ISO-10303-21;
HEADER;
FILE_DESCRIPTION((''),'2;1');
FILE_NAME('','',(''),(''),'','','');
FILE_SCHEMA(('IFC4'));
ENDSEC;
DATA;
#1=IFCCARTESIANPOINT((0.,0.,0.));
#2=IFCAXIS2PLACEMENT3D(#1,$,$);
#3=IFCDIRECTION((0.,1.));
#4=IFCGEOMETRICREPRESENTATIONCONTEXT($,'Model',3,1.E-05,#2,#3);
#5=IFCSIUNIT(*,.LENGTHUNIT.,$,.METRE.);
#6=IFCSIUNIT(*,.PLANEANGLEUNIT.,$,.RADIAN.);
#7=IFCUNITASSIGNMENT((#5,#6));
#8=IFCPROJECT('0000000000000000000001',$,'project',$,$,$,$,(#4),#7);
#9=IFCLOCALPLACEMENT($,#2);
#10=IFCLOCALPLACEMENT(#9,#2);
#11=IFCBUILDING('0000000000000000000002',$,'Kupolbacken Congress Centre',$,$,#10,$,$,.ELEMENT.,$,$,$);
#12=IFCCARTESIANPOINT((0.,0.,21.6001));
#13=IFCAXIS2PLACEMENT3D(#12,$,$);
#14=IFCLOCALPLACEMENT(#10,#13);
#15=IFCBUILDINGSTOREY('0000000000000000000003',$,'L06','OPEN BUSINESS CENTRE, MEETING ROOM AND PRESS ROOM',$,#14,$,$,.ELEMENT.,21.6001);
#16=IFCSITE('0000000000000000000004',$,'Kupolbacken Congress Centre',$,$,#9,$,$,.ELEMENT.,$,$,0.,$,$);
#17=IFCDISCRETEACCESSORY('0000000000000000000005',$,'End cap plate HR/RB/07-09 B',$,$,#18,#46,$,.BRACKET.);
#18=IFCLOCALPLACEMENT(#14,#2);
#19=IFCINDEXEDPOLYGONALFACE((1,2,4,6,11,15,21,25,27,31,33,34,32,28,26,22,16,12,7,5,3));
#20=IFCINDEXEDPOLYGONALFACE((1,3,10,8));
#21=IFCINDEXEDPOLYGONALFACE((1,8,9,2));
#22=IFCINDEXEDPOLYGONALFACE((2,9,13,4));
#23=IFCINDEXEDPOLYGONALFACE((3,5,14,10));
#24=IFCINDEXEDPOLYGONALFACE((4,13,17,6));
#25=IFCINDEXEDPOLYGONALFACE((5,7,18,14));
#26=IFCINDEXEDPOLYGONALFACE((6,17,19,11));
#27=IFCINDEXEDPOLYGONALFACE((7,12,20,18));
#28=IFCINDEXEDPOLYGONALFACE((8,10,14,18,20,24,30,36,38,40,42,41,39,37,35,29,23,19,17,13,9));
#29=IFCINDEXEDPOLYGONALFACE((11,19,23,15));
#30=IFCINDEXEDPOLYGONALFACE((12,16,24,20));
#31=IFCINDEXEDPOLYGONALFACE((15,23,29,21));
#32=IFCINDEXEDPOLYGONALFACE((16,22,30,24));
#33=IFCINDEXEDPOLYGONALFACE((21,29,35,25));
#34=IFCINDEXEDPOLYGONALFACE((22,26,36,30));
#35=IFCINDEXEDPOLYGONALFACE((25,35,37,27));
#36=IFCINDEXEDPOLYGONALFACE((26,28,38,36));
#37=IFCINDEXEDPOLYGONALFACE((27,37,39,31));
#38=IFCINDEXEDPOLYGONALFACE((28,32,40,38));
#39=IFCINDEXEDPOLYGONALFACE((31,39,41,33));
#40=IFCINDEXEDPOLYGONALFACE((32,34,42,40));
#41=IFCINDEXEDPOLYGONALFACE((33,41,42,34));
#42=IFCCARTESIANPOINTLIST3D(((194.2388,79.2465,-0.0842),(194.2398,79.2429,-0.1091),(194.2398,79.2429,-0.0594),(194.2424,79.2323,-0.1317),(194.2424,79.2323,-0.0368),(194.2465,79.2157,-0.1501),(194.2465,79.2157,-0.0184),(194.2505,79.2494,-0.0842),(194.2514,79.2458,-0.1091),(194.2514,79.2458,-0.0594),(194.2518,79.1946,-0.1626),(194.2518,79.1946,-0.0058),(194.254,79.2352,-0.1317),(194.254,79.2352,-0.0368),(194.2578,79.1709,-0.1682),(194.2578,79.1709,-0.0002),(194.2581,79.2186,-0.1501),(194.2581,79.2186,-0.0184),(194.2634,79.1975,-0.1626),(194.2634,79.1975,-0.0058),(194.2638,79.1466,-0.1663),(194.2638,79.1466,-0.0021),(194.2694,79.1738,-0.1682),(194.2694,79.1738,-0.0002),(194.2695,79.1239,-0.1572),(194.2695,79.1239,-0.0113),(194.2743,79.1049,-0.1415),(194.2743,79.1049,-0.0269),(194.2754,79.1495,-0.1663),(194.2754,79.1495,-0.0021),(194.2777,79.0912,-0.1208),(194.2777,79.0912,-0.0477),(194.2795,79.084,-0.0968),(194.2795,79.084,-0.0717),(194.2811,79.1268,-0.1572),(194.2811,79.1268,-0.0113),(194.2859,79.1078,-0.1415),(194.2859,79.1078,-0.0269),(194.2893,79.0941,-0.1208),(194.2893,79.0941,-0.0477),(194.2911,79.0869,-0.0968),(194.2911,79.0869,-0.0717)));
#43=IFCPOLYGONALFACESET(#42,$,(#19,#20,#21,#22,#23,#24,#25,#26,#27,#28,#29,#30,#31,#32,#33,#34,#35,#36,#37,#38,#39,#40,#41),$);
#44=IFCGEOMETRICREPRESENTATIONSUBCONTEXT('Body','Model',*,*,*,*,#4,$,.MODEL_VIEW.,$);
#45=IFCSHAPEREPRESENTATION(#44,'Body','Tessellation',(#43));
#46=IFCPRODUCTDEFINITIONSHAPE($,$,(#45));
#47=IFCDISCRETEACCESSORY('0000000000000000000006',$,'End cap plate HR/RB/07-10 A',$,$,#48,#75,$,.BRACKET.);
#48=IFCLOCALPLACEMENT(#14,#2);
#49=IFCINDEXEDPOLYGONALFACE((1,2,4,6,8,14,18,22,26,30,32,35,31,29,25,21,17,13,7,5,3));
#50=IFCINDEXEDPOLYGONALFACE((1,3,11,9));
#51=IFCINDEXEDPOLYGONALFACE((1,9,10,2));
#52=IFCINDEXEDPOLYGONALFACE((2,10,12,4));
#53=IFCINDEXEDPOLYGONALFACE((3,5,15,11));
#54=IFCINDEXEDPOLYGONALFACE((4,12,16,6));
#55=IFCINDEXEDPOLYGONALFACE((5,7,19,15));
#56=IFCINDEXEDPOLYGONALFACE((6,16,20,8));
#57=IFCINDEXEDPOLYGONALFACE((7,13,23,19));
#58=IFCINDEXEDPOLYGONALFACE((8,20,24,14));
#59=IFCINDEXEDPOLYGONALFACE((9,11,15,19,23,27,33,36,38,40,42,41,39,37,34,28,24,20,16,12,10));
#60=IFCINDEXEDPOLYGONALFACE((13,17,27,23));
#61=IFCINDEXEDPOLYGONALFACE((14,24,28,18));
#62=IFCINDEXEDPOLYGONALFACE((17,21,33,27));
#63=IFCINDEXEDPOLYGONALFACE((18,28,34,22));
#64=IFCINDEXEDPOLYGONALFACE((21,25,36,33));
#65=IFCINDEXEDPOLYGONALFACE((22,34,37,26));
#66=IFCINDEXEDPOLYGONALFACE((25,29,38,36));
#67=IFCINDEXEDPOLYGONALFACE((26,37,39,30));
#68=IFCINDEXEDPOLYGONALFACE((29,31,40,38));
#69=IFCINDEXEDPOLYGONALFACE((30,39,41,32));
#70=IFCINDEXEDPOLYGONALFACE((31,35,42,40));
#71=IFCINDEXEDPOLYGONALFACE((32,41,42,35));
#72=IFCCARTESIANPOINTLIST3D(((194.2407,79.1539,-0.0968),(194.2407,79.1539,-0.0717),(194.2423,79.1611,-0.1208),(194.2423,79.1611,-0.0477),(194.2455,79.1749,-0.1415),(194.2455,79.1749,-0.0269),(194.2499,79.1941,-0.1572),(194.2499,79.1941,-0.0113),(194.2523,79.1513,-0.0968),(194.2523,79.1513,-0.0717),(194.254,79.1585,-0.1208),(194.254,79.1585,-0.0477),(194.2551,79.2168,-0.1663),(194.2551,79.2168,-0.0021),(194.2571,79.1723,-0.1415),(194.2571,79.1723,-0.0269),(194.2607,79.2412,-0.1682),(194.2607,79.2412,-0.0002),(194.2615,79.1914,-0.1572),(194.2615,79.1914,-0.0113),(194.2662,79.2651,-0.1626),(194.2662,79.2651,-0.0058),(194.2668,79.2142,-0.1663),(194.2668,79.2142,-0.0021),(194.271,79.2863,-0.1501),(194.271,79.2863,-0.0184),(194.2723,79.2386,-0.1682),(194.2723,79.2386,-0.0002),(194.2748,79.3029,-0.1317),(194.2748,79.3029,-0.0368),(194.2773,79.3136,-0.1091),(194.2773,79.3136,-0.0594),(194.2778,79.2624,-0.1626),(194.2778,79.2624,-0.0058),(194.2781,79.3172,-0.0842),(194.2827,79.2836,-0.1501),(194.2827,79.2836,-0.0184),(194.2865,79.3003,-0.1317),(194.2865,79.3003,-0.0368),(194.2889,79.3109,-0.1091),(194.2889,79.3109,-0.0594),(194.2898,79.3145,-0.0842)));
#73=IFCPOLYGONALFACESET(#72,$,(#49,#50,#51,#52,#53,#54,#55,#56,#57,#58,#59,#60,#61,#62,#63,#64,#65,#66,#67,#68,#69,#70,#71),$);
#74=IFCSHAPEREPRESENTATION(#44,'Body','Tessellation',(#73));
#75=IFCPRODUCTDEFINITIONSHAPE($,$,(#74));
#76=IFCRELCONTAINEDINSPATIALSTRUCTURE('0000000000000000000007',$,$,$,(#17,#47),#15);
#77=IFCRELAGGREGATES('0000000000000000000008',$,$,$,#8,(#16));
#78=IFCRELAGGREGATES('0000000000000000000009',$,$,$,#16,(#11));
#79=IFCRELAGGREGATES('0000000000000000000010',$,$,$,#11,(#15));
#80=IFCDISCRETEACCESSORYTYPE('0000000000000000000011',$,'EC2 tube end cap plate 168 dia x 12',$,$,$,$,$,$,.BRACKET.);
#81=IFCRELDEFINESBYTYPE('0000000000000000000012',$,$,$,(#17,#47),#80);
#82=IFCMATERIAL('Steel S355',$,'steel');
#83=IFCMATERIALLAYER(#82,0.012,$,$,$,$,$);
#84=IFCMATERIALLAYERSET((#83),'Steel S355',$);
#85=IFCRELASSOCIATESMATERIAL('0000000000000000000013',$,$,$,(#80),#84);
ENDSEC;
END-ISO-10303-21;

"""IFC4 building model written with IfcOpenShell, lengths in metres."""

from ifc_helpers import new_model, si_unit, direction, frame, origin, origin_2d, place, context, subcontext, project, spatial, circle, extrude, material, layer, layer_set, type_object, element, save


model = new_model("IFC4")

# Units and contexts
model_context = context("Model", 3, precision=1e-05, world=origin(), true_north=direction((0.0, 1.0)))
body_context = subcontext(model_context, "Body", "Model", "MODEL_VIEW")
ifc_project = project(units=[si_unit("LENGTHUNIT", "METRE"), si_unit("PLANEANGLEUNIT", "RADIAN")], contexts=[model_context])

# Site, building, storey
site_placement = place(None, origin())
site = spatial("IfcSite", under=ifc_project, at=site_placement, Name="Kupolbacken Congress Centre", CompositionType="ELEMENT", RefElevation=0.0)
building_placement = place(site_placement, origin())
building = spatial("IfcBuilding", under=site, at=building_placement, Name="Kupolbacken Congress Centre", CompositionType="ELEMENT")
storey_placement = place(building_placement, frame((0.0, 0.0, 21.6001)))
storey = spatial("IfcBuildingStorey", under=building, at=storey_placement, Name="L06", Description="OPEN BUSINESS CENTRE, MEETING ROOM AND PRESS ROOM", CompositionType="ELEMENT", Elevation=21.6001)

# Discrete accessories
ifc_material_1 = material(Name="Steel S355", Category="steel")
ifc_layer_1 = layer(ifc_material_1, 0.012)
ifc_layer_set_1 = layer_set([ifc_layer_1], Name="Steel S355")
discrete_accessory_type = type_object("IfcDiscreteAccessoryType", Name="EC2 tube end cap plate 168 dia x 12", PredefinedType="BRACKET", material=ifc_layer_set_1)
for number, where, z_axis, x_axis, name in (
    (1, (194.2593, 79.1648, -0.0842), (0.970143, 0.242536, 0.0), (-0.242536, 0.970143, 0.0), "End cap plate HR/RB/07-09 B"),
    (2, (194.2593, 79.2351, -0.0842), (0.974732, -0.223376, 0.0), (0.223376, 0.974732, 0.0), "End cap plate HR/RB/07-10 A"),
):
    element("IfcDiscreteAccessory", number, at=place(storey_placement, frame(where, z_axis=z_axis, x_axis=x_axis)), inside=storey, type_object=discrete_accessory_type, Name=name, PredefinedType="BRACKET", context=body_context, shape_type="SweptSolid", body=[
        extrude(circle(Radius=0.0842, at=origin_2d()), origin(), (0.0, 0.0, 1.0), 0.012),
    ])

save(model, "model.ifc")
